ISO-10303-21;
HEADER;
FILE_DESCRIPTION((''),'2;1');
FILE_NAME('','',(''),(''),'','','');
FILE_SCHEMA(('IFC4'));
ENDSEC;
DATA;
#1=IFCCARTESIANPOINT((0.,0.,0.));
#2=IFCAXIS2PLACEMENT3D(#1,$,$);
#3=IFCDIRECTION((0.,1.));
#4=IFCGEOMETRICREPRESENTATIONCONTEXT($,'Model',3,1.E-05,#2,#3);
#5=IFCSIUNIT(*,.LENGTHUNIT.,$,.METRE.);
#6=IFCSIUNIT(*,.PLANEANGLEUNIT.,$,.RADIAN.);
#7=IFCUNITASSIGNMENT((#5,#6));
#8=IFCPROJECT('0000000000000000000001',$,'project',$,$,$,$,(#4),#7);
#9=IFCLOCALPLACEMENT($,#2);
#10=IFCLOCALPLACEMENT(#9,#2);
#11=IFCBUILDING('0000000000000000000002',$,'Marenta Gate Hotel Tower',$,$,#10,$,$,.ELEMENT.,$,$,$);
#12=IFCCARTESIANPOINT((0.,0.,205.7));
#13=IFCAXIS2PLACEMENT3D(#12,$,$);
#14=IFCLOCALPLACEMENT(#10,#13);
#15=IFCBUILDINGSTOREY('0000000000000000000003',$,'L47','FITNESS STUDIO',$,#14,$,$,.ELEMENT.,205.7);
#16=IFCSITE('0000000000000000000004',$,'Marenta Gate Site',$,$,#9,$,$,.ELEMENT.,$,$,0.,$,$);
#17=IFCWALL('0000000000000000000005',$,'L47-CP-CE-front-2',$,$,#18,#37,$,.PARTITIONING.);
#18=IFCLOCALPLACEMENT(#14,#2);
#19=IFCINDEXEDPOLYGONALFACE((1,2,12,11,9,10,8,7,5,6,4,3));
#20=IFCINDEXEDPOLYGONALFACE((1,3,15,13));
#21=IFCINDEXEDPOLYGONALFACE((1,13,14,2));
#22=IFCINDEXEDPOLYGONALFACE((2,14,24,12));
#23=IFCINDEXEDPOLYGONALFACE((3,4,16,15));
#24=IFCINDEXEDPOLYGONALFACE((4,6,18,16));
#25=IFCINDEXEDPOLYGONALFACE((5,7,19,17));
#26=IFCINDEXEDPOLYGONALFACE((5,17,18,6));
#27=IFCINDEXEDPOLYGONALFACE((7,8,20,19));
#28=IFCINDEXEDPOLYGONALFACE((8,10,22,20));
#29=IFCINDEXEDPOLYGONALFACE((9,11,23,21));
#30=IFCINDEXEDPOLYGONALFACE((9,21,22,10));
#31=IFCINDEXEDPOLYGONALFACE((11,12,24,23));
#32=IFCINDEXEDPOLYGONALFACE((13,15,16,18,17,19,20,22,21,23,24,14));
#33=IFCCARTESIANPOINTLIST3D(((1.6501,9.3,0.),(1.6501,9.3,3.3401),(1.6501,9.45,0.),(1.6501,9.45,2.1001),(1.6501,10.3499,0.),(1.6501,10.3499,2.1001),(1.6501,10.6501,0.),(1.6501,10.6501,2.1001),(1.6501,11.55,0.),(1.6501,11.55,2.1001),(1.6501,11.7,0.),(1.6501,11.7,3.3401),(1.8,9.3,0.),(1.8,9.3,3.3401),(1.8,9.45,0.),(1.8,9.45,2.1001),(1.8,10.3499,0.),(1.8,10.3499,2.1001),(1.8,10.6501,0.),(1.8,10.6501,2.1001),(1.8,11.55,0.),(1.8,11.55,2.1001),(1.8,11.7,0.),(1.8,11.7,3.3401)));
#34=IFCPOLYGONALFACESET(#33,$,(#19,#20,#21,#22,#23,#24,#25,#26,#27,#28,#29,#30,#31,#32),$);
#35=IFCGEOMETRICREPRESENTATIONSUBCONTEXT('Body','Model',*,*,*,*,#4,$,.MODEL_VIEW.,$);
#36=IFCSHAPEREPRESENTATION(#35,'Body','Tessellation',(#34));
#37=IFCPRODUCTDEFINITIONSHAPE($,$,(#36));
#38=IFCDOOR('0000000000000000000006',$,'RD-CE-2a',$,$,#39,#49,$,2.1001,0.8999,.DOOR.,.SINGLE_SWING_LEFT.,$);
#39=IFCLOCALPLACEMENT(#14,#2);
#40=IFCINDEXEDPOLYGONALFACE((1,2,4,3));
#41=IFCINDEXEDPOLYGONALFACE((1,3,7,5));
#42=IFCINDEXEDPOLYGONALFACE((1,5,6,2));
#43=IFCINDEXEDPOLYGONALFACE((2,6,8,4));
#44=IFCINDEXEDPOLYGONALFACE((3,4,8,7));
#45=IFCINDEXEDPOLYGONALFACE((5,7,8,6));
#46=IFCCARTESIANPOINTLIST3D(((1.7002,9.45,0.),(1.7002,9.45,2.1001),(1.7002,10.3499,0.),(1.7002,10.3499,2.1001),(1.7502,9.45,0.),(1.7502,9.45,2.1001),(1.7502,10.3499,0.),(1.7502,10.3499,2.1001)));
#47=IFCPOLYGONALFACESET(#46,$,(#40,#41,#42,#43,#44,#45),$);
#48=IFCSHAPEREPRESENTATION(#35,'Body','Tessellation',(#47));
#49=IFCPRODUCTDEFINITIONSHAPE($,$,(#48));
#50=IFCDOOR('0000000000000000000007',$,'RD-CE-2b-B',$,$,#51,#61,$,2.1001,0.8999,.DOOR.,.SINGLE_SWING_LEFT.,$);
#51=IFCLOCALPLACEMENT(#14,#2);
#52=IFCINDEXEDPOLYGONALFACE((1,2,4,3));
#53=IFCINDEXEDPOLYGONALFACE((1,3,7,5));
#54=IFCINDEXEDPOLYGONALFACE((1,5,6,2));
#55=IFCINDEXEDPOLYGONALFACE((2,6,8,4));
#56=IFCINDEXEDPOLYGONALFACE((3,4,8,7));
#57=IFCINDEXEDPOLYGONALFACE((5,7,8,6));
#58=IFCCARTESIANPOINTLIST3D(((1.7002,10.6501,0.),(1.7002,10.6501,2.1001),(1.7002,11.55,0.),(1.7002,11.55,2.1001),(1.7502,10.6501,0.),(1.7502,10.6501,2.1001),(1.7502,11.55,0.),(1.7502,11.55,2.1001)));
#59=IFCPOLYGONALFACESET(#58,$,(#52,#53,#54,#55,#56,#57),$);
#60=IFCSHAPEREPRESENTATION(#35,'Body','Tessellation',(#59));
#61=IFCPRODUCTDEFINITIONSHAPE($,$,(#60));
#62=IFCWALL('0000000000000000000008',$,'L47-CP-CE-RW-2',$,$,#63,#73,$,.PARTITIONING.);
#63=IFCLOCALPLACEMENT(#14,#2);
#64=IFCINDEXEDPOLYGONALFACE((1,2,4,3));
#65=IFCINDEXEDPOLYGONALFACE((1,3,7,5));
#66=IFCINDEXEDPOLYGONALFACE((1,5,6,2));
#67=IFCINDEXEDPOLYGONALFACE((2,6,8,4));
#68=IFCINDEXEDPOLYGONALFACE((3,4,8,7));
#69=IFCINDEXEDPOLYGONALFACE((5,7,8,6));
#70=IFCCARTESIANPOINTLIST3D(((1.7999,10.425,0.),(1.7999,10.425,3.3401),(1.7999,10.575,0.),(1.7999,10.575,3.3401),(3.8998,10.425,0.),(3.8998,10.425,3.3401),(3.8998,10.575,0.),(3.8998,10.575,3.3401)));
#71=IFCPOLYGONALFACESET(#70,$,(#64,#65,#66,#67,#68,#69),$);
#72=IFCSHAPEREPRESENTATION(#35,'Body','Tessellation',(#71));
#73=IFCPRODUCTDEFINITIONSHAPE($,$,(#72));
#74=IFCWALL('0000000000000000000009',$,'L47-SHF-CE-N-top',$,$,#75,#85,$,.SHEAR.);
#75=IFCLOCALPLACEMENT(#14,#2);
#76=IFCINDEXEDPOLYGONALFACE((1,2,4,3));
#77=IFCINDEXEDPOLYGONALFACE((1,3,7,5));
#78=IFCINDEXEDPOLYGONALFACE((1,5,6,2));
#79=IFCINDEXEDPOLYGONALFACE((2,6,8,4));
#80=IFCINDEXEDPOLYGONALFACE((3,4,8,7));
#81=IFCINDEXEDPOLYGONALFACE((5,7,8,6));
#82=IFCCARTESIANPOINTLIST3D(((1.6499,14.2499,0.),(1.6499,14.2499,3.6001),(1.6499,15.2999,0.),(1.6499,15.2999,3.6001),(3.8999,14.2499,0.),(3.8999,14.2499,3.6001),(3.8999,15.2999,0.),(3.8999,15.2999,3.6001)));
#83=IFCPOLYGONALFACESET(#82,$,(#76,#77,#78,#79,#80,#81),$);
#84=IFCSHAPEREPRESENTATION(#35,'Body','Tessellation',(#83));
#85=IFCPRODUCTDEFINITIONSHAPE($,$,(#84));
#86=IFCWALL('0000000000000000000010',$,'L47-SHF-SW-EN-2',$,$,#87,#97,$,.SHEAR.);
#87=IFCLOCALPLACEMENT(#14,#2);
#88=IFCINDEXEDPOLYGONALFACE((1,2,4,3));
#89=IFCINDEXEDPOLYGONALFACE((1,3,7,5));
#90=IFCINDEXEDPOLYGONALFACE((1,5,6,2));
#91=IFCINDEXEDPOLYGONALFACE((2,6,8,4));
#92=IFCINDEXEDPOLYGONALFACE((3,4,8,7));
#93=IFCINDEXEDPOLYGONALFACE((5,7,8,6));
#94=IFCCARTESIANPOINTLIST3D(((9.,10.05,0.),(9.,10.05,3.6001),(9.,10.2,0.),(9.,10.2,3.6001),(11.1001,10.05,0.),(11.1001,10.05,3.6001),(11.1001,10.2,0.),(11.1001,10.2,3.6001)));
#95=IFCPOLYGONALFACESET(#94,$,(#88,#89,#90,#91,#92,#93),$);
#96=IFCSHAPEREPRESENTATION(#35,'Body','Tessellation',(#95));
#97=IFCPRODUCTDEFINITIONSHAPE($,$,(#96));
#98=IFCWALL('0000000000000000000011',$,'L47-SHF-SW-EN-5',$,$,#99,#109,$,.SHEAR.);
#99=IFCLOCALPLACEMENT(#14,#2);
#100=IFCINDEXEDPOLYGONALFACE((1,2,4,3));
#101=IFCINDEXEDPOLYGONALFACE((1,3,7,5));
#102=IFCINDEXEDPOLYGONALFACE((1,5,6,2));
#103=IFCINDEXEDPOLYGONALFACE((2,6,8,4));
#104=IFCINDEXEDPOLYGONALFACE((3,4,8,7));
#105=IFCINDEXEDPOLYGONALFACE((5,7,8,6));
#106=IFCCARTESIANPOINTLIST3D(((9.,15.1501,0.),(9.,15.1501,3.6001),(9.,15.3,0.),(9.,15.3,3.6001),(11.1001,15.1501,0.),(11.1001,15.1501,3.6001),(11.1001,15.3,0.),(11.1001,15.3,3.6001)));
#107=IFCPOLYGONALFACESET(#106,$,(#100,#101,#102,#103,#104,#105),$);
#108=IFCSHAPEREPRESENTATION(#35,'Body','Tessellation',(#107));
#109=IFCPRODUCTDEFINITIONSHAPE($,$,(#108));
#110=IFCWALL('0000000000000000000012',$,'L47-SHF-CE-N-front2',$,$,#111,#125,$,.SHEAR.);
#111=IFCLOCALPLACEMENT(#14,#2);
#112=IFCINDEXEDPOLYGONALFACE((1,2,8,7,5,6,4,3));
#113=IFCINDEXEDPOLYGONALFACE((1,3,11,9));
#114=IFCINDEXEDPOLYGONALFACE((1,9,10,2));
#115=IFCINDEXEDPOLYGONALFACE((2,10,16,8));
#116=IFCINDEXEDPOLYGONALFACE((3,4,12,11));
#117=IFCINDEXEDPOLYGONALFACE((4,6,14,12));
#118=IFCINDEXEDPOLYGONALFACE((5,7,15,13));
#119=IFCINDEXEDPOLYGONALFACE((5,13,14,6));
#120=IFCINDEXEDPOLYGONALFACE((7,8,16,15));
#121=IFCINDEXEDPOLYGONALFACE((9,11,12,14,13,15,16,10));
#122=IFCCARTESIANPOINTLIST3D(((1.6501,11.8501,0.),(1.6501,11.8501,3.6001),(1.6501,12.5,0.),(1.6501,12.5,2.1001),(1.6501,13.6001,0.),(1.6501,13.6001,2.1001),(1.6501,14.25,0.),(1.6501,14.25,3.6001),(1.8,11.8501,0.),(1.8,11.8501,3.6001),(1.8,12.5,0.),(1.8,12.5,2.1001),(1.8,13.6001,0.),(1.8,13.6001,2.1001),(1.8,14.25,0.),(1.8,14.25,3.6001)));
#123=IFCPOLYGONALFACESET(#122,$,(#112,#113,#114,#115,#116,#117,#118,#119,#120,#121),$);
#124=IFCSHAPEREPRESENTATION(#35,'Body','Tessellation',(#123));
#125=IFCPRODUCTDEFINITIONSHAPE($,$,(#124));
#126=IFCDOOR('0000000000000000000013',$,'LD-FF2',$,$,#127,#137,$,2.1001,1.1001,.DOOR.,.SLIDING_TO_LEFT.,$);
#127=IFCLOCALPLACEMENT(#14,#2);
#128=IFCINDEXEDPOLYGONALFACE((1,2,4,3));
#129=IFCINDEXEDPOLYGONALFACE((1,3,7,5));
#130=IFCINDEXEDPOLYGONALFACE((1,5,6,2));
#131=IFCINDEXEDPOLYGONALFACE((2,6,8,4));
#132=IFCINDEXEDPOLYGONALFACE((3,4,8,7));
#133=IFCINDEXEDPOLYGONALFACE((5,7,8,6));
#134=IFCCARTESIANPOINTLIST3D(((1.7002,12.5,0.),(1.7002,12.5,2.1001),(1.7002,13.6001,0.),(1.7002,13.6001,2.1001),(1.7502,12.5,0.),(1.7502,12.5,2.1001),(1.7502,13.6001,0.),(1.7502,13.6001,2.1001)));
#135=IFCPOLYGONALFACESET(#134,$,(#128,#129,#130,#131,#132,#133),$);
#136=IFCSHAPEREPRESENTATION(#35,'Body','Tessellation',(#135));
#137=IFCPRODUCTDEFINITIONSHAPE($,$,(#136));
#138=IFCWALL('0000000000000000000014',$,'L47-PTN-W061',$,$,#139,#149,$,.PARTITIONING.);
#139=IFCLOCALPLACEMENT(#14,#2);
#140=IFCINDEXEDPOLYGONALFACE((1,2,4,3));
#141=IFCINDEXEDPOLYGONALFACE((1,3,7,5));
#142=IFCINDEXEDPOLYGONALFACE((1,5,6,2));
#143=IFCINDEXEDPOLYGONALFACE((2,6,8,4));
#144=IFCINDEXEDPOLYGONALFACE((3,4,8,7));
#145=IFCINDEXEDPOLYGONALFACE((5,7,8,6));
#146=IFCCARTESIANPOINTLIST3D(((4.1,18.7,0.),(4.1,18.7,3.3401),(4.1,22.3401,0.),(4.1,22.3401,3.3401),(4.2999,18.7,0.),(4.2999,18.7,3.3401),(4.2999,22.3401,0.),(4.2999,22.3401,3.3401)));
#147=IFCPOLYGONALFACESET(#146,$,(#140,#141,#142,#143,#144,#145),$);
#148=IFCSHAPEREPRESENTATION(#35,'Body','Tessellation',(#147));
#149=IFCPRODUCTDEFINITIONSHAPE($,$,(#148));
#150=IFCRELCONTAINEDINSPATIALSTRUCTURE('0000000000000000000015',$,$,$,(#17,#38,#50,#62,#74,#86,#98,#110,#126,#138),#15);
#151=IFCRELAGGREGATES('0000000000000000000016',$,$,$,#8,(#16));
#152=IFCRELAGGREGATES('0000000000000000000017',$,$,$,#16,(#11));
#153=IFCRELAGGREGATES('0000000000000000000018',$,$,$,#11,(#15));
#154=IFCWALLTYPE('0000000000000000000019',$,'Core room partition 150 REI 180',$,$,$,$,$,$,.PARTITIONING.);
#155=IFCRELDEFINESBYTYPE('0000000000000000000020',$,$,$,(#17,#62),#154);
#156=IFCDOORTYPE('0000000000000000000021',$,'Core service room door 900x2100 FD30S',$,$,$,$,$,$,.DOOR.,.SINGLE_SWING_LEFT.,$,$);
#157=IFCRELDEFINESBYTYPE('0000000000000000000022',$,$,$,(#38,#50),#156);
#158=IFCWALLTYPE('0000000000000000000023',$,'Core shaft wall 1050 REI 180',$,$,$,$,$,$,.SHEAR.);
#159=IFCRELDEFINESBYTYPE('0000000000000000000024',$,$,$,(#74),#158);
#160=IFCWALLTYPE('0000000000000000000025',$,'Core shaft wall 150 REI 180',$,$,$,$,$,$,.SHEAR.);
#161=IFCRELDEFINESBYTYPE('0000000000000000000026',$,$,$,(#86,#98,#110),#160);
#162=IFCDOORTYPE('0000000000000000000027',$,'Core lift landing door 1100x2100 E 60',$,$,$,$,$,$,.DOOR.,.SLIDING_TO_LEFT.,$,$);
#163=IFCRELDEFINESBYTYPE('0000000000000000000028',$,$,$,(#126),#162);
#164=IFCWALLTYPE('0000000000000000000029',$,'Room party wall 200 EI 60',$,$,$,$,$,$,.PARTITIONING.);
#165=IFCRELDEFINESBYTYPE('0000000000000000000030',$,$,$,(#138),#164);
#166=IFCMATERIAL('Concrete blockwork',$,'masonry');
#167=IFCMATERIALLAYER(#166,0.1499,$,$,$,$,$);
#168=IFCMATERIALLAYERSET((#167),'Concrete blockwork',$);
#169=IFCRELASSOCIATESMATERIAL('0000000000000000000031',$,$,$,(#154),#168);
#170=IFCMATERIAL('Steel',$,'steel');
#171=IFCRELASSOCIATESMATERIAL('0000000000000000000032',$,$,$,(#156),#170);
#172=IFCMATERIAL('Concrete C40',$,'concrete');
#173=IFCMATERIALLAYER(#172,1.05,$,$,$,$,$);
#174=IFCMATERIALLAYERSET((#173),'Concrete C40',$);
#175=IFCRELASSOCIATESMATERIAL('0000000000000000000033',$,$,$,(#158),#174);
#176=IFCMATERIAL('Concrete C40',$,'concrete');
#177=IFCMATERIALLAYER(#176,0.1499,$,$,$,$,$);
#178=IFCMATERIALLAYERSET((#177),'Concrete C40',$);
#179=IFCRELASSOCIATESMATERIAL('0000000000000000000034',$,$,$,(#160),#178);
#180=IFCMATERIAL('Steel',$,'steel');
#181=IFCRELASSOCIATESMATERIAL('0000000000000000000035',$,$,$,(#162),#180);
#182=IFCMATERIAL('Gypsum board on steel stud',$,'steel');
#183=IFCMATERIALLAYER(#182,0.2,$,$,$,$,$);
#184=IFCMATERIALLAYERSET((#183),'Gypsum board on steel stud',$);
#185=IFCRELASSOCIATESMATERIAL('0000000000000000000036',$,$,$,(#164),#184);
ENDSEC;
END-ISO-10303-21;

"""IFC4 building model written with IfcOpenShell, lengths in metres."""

from ifc_helpers import new_model, si_unit, direction, frame, frame_2d, origin, place, context, subcontext, project, spatial, rectangle, extrude, material, layer, layer_set, type_object, element, fill, save


model = new_model("IFC4")

# Units and contexts
model_context = context("Model", 3, precision=1e-05, world=origin(), true_north=direction((0.0, 1.0)))
body_context = subcontext(model_context, "Body", "Model", "MODEL_VIEW")
ifc_project = project(units=[si_unit("LENGTHUNIT", "METRE"), si_unit("PLANEANGLEUNIT", "RADIAN")], contexts=[model_context])

# Site, building, storey
site_placement = place(None, origin())
site = spatial("IfcSite", under=ifc_project, at=site_placement, Name="Marenta Gate Site", CompositionType="ELEMENT", RefElevation=0.0)
building_placement = place(site_placement, origin())
building = spatial("IfcBuilding", under=site, at=building_placement, Name="Marenta Gate Hotel Tower", CompositionType="ELEMENT")
storey_placement = place(building_placement, frame((0.0, 0.0, 205.7)))
storey = spatial("IfcBuildingStorey", under=building, at=storey_placement, Name="L47", Description="FITNESS STUDIO", CompositionType="ELEMENT", Elevation=205.7)

# Wall, openings, doors
ifc_material_1 = material(Name="Concrete blockwork", Category="masonry")
ifc_layer_1 = layer(ifc_material_1, 0.1499)
ifc_layer_set_1 = layer_set([ifc_layer_1], Name="Concrete blockwork")
wall_type_1 = type_object("IfcWallType", Name="Core room partition 150 REI 180", PredefinedType="PARTITIONING", material=ifc_layer_set_1)
wall_1_placement = place(storey_placement, frame((1.7251, 9.3, 0.0), z_axis=(0.0, 0.0, 1.0), x_axis=(0.0, 1.0, 0.0)))
wall_1 = element("IfcWall", 1, at=wall_1_placement, inside=storey, type_object=wall_type_1, Name="L47-CP-CE-front-2", PredefinedType="PARTITIONING", context=body_context, shape_type="SweptSolid", body=[
    extrude(rectangle(XDim=2.3999, YDim=0.1499, at=frame_2d((1.2, 0.0))), origin(), (0.0, 0.0, 1.0), 3.3401),
])
opening_1_placement = place(wall_1_placement, frame((0.1499, 0.0, 0.0)))
opening_1 = element("IfcOpeningElement", 2, at=opening_1_placement, cuts=wall_1, PredefinedType="OPENING", context=body_context, shape_type="SweptSolid", body=[
    extrude(rectangle(XDim=0.8999, YDim=2.1001, at=frame_2d((0.45, 1.05))), frame((0.0, 0.075, 0.0), z_axis=(0.0, -1.0, 0.0), x_axis=(1.0, 0.0, 0.0)), (0.0, 0.0, 1.0), 0.1499),
])
opening_2_placement = place(wall_1_placement, frame((1.3501, 0.0, 0.0)))
opening_2 = element("IfcOpeningElement", 3, at=opening_2_placement, cuts=wall_1, PredefinedType="OPENING", context=body_context, shape_type="SweptSolid", body=[
    extrude(rectangle(XDim=0.8999, YDim=2.1001, at=frame_2d((0.45, 1.05))), frame((0.0, 0.075, 0.0), z_axis=(0.0, -1.0, 0.0), x_axis=(1.0, 0.0, 0.0)), (0.0, 0.0, 1.0), 0.1499),
])
ifc_material_2 = material(Name="Steel", Category="steel")
door_type_1 = type_object("IfcDoorType", Name="Core service room door 900x2100 FD30S", OperationType="SINGLE_SWING_LEFT", PredefinedType="DOOR", material=ifc_material_2)
door_1_placement = place(opening_1_placement, origin())
door_1 = element("IfcDoor", 4, at=door_1_placement, inside=storey, type_object=door_type_1, Name="RD-CE-2a", OperationType="SINGLE_SWING_LEFT", OverallHeight=2.1001, OverallWidth=0.8999, PredefinedType="DOOR", context=body_context, shape_type="SweptSolid", body=[
    extrude(rectangle(XDim=0.8999, YDim=2.1001, at=frame_2d((0.45, 1.05))), frame((0.0, 0.0249, 0.0), z_axis=(0.0, -1.0, 0.0), x_axis=(1.0, 0.0, 0.0)), (0.0, 0.0, 1.0), 0.05),
])
fill(opening_1, door_1)
door_2_placement = place(opening_2_placement, origin())
door_2 = element("IfcDoor", 5, at=door_2_placement, inside=storey, type_object=door_type_1, Name="RD-CE-2b-B", OperationType="SINGLE_SWING_LEFT", OverallHeight=2.1001, OverallWidth=0.8999, PredefinedType="DOOR", context=body_context, shape_type="SweptSolid", body=[
    extrude(rectangle(XDim=0.8999, YDim=2.1001, at=frame_2d((0.45, 1.05))), frame((0.0, 0.0249, 0.0), z_axis=(0.0, -1.0, 0.0), x_axis=(1.0, 0.0, 0.0)), (0.0, 0.0, 1.0), 0.05),
])
fill(opening_2, door_2)

# Walls
wall_2_placement = place(storey_placement, frame((1.8, 10.5, 0.0), z_axis=(0.0, 0.0, 1.0), x_axis=(1.0, 0.0, 0.0)))
element("IfcWall", 6, at=wall_2_placement, inside=storey, type_object=wall_type_1, Name="L47-CP-CE-RW-2", PredefinedType="PARTITIONING", context=body_context, shape_type="SweptSolid", body=[
    extrude(rectangle(XDim=2.0999, YDim=0.1499, at=frame_2d((1.0498, 0.0))), origin(), (0.0, 0.0, 1.0), 3.3401),
])
ifc_material_3 = material(Name="Concrete C40", Category="concrete")
ifc_layer_2 = layer(ifc_material_3, 1.05)
ifc_layer_set_2 = layer_set([ifc_layer_2], Name="Concrete C40")
wall_type_2 = type_object("IfcWallType", Name="Core shaft wall 1050 REI 180", PredefinedType="SHEAR", material=ifc_layer_set_2)
wall_3_placement = place(storey_placement, frame((1.6499, 14.7749, 0.0), z_axis=(0.0, 0.0, 1.0), x_axis=(1.0, 0.0, 0.0)))
element("IfcWall", 7, at=wall_3_placement, inside=storey, type_object=wall_type_2, Name="L47-SHF-CE-N-top", PredefinedType="SHEAR", context=body_context, shape_type="SweptSolid", body=[
    extrude(rectangle(XDim=2.25, YDim=1.05, at=frame_2d((1.125, 0.0))), origin(), (0.0, 0.0, 1.0), 3.6001),
])
ifc_material_4 = material(Name="Concrete C40", Category="concrete")
ifc_layer_3 = layer(ifc_material_4, 0.1499)
ifc_layer_set_3 = layer_set([ifc_layer_3], Name="Concrete C40")
wall_type_3 = type_object("IfcWallType", Name="Core shaft wall 150 REI 180", PredefinedType="SHEAR", material=ifc_layer_set_3)
for number, where, z_axis, x_axis, name in (
    (8, (9.0, 10.125, 0.0), (0.0, 0.0, 1.0), (1.0, 0.0, 0.0), "L47-SHF-SW-EN-2"),
    (9, (9.0, 15.2251, 0.0), (0.0, 0.0, 1.0), (1.0, 0.0, 0.0), "L47-SHF-SW-EN-5"),
):
    element("IfcWall", number, at=place(storey_placement, frame(where, z_axis=z_axis, x_axis=x_axis)), inside=storey, type_object=wall_type_3, Name=name, PredefinedType="SHEAR", context=body_context, shape_type="SweptSolid", body=[
        extrude(rectangle(XDim=2.1001, YDim=0.1499, at=frame_2d((1.05, 0.0))), origin(), (0.0, 0.0, 1.0), 3.6001),
    ])

# Wall, opening, door
wall_4_placement = place(storey_placement, frame((1.7251, 11.8501, 0.0), z_axis=(0.0, 0.0, 1.0), x_axis=(0.0, 1.0, 0.0)))
wall_4 = element("IfcWall", 10, at=wall_4_placement, inside=storey, type_object=wall_type_3, Name="L47-SHF-CE-N-front2", PredefinedType="SHEAR", context=body_context, shape_type="SweptSolid", body=[
    extrude(rectangle(XDim=2.3999, YDim=0.1499, at=frame_2d((1.2, 0.0))), origin(), (0.0, 0.0, 1.0), 3.6001),
])
opening_3_placement = place(wall_4_placement, frame((0.6499, 0.0, 0.0)))
opening_3 = element("IfcOpeningElement", 11, at=opening_3_placement, cuts=wall_4, PredefinedType="OPENING", context=body_context, shape_type="SweptSolid", body=[
    extrude(rectangle(XDim=1.1001, YDim=2.1001, at=frame_2d((0.55, 1.05))), frame((0.0, 0.075, 0.0), z_axis=(0.0, -1.0, 0.0), x_axis=(1.0, 0.0, 0.0)), (0.0, 0.0, 1.0), 0.1499),
])
ifc_material_5 = material(Name="Steel", Category="steel")
door_type_2 = type_object("IfcDoorType", Name="Core lift landing door 1100x2100 E 60", OperationType="SLIDING_TO_LEFT", PredefinedType="DOOR", material=ifc_material_5)
door_3_placement = place(opening_3_placement, origin())
door_3 = element("IfcDoor", 12, at=door_3_placement, inside=storey, type_object=door_type_2, Name="LD-FF2", OperationType="SLIDING_TO_LEFT", OverallHeight=2.1001, OverallWidth=1.1001, PredefinedType="DOOR", context=body_context, shape_type="SweptSolid", body=[
    extrude(rectangle(XDim=1.1001, YDim=2.1001, at=frame_2d((0.55, 1.05))), frame((0.0, 0.0249, 0.0), z_axis=(0.0, -1.0, 0.0), x_axis=(1.0, 0.0, 0.0)), (0.0, 0.0, 1.0), 0.05),
])
fill(opening_3, door_3)

# Wall
ifc_material_6 = material(Name="Gypsum board on steel stud", Category="steel")
ifc_layer_4 = layer(ifc_material_6, 0.2)
ifc_layer_set_4 = layer_set([ifc_layer_4], Name="Gypsum board on steel stud")
wall_type_4 = type_object("IfcWallType", Name="Room party wall 200 EI 60", PredefinedType="PARTITIONING", material=ifc_layer_set_4)
wall_5_placement = place(storey_placement, frame((4.2, 18.7, 0.0), z_axis=(0.0, 0.0, 1.0), x_axis=(0.0, 1.0, 0.0)))
element("IfcWall", 13, at=wall_5_placement, inside=storey, type_object=wall_type_4, Name="L47-PTN-W061", PredefinedType="PARTITIONING", context=body_context, shape_type="SweptSolid", body=[
    extrude(rectangle(XDim=3.6401, YDim=0.2, at=frame_2d((1.8201, 0.0))), origin(), (0.0, 0.0, 1.0), 3.3401),
])

save(model, "model.ifc")
